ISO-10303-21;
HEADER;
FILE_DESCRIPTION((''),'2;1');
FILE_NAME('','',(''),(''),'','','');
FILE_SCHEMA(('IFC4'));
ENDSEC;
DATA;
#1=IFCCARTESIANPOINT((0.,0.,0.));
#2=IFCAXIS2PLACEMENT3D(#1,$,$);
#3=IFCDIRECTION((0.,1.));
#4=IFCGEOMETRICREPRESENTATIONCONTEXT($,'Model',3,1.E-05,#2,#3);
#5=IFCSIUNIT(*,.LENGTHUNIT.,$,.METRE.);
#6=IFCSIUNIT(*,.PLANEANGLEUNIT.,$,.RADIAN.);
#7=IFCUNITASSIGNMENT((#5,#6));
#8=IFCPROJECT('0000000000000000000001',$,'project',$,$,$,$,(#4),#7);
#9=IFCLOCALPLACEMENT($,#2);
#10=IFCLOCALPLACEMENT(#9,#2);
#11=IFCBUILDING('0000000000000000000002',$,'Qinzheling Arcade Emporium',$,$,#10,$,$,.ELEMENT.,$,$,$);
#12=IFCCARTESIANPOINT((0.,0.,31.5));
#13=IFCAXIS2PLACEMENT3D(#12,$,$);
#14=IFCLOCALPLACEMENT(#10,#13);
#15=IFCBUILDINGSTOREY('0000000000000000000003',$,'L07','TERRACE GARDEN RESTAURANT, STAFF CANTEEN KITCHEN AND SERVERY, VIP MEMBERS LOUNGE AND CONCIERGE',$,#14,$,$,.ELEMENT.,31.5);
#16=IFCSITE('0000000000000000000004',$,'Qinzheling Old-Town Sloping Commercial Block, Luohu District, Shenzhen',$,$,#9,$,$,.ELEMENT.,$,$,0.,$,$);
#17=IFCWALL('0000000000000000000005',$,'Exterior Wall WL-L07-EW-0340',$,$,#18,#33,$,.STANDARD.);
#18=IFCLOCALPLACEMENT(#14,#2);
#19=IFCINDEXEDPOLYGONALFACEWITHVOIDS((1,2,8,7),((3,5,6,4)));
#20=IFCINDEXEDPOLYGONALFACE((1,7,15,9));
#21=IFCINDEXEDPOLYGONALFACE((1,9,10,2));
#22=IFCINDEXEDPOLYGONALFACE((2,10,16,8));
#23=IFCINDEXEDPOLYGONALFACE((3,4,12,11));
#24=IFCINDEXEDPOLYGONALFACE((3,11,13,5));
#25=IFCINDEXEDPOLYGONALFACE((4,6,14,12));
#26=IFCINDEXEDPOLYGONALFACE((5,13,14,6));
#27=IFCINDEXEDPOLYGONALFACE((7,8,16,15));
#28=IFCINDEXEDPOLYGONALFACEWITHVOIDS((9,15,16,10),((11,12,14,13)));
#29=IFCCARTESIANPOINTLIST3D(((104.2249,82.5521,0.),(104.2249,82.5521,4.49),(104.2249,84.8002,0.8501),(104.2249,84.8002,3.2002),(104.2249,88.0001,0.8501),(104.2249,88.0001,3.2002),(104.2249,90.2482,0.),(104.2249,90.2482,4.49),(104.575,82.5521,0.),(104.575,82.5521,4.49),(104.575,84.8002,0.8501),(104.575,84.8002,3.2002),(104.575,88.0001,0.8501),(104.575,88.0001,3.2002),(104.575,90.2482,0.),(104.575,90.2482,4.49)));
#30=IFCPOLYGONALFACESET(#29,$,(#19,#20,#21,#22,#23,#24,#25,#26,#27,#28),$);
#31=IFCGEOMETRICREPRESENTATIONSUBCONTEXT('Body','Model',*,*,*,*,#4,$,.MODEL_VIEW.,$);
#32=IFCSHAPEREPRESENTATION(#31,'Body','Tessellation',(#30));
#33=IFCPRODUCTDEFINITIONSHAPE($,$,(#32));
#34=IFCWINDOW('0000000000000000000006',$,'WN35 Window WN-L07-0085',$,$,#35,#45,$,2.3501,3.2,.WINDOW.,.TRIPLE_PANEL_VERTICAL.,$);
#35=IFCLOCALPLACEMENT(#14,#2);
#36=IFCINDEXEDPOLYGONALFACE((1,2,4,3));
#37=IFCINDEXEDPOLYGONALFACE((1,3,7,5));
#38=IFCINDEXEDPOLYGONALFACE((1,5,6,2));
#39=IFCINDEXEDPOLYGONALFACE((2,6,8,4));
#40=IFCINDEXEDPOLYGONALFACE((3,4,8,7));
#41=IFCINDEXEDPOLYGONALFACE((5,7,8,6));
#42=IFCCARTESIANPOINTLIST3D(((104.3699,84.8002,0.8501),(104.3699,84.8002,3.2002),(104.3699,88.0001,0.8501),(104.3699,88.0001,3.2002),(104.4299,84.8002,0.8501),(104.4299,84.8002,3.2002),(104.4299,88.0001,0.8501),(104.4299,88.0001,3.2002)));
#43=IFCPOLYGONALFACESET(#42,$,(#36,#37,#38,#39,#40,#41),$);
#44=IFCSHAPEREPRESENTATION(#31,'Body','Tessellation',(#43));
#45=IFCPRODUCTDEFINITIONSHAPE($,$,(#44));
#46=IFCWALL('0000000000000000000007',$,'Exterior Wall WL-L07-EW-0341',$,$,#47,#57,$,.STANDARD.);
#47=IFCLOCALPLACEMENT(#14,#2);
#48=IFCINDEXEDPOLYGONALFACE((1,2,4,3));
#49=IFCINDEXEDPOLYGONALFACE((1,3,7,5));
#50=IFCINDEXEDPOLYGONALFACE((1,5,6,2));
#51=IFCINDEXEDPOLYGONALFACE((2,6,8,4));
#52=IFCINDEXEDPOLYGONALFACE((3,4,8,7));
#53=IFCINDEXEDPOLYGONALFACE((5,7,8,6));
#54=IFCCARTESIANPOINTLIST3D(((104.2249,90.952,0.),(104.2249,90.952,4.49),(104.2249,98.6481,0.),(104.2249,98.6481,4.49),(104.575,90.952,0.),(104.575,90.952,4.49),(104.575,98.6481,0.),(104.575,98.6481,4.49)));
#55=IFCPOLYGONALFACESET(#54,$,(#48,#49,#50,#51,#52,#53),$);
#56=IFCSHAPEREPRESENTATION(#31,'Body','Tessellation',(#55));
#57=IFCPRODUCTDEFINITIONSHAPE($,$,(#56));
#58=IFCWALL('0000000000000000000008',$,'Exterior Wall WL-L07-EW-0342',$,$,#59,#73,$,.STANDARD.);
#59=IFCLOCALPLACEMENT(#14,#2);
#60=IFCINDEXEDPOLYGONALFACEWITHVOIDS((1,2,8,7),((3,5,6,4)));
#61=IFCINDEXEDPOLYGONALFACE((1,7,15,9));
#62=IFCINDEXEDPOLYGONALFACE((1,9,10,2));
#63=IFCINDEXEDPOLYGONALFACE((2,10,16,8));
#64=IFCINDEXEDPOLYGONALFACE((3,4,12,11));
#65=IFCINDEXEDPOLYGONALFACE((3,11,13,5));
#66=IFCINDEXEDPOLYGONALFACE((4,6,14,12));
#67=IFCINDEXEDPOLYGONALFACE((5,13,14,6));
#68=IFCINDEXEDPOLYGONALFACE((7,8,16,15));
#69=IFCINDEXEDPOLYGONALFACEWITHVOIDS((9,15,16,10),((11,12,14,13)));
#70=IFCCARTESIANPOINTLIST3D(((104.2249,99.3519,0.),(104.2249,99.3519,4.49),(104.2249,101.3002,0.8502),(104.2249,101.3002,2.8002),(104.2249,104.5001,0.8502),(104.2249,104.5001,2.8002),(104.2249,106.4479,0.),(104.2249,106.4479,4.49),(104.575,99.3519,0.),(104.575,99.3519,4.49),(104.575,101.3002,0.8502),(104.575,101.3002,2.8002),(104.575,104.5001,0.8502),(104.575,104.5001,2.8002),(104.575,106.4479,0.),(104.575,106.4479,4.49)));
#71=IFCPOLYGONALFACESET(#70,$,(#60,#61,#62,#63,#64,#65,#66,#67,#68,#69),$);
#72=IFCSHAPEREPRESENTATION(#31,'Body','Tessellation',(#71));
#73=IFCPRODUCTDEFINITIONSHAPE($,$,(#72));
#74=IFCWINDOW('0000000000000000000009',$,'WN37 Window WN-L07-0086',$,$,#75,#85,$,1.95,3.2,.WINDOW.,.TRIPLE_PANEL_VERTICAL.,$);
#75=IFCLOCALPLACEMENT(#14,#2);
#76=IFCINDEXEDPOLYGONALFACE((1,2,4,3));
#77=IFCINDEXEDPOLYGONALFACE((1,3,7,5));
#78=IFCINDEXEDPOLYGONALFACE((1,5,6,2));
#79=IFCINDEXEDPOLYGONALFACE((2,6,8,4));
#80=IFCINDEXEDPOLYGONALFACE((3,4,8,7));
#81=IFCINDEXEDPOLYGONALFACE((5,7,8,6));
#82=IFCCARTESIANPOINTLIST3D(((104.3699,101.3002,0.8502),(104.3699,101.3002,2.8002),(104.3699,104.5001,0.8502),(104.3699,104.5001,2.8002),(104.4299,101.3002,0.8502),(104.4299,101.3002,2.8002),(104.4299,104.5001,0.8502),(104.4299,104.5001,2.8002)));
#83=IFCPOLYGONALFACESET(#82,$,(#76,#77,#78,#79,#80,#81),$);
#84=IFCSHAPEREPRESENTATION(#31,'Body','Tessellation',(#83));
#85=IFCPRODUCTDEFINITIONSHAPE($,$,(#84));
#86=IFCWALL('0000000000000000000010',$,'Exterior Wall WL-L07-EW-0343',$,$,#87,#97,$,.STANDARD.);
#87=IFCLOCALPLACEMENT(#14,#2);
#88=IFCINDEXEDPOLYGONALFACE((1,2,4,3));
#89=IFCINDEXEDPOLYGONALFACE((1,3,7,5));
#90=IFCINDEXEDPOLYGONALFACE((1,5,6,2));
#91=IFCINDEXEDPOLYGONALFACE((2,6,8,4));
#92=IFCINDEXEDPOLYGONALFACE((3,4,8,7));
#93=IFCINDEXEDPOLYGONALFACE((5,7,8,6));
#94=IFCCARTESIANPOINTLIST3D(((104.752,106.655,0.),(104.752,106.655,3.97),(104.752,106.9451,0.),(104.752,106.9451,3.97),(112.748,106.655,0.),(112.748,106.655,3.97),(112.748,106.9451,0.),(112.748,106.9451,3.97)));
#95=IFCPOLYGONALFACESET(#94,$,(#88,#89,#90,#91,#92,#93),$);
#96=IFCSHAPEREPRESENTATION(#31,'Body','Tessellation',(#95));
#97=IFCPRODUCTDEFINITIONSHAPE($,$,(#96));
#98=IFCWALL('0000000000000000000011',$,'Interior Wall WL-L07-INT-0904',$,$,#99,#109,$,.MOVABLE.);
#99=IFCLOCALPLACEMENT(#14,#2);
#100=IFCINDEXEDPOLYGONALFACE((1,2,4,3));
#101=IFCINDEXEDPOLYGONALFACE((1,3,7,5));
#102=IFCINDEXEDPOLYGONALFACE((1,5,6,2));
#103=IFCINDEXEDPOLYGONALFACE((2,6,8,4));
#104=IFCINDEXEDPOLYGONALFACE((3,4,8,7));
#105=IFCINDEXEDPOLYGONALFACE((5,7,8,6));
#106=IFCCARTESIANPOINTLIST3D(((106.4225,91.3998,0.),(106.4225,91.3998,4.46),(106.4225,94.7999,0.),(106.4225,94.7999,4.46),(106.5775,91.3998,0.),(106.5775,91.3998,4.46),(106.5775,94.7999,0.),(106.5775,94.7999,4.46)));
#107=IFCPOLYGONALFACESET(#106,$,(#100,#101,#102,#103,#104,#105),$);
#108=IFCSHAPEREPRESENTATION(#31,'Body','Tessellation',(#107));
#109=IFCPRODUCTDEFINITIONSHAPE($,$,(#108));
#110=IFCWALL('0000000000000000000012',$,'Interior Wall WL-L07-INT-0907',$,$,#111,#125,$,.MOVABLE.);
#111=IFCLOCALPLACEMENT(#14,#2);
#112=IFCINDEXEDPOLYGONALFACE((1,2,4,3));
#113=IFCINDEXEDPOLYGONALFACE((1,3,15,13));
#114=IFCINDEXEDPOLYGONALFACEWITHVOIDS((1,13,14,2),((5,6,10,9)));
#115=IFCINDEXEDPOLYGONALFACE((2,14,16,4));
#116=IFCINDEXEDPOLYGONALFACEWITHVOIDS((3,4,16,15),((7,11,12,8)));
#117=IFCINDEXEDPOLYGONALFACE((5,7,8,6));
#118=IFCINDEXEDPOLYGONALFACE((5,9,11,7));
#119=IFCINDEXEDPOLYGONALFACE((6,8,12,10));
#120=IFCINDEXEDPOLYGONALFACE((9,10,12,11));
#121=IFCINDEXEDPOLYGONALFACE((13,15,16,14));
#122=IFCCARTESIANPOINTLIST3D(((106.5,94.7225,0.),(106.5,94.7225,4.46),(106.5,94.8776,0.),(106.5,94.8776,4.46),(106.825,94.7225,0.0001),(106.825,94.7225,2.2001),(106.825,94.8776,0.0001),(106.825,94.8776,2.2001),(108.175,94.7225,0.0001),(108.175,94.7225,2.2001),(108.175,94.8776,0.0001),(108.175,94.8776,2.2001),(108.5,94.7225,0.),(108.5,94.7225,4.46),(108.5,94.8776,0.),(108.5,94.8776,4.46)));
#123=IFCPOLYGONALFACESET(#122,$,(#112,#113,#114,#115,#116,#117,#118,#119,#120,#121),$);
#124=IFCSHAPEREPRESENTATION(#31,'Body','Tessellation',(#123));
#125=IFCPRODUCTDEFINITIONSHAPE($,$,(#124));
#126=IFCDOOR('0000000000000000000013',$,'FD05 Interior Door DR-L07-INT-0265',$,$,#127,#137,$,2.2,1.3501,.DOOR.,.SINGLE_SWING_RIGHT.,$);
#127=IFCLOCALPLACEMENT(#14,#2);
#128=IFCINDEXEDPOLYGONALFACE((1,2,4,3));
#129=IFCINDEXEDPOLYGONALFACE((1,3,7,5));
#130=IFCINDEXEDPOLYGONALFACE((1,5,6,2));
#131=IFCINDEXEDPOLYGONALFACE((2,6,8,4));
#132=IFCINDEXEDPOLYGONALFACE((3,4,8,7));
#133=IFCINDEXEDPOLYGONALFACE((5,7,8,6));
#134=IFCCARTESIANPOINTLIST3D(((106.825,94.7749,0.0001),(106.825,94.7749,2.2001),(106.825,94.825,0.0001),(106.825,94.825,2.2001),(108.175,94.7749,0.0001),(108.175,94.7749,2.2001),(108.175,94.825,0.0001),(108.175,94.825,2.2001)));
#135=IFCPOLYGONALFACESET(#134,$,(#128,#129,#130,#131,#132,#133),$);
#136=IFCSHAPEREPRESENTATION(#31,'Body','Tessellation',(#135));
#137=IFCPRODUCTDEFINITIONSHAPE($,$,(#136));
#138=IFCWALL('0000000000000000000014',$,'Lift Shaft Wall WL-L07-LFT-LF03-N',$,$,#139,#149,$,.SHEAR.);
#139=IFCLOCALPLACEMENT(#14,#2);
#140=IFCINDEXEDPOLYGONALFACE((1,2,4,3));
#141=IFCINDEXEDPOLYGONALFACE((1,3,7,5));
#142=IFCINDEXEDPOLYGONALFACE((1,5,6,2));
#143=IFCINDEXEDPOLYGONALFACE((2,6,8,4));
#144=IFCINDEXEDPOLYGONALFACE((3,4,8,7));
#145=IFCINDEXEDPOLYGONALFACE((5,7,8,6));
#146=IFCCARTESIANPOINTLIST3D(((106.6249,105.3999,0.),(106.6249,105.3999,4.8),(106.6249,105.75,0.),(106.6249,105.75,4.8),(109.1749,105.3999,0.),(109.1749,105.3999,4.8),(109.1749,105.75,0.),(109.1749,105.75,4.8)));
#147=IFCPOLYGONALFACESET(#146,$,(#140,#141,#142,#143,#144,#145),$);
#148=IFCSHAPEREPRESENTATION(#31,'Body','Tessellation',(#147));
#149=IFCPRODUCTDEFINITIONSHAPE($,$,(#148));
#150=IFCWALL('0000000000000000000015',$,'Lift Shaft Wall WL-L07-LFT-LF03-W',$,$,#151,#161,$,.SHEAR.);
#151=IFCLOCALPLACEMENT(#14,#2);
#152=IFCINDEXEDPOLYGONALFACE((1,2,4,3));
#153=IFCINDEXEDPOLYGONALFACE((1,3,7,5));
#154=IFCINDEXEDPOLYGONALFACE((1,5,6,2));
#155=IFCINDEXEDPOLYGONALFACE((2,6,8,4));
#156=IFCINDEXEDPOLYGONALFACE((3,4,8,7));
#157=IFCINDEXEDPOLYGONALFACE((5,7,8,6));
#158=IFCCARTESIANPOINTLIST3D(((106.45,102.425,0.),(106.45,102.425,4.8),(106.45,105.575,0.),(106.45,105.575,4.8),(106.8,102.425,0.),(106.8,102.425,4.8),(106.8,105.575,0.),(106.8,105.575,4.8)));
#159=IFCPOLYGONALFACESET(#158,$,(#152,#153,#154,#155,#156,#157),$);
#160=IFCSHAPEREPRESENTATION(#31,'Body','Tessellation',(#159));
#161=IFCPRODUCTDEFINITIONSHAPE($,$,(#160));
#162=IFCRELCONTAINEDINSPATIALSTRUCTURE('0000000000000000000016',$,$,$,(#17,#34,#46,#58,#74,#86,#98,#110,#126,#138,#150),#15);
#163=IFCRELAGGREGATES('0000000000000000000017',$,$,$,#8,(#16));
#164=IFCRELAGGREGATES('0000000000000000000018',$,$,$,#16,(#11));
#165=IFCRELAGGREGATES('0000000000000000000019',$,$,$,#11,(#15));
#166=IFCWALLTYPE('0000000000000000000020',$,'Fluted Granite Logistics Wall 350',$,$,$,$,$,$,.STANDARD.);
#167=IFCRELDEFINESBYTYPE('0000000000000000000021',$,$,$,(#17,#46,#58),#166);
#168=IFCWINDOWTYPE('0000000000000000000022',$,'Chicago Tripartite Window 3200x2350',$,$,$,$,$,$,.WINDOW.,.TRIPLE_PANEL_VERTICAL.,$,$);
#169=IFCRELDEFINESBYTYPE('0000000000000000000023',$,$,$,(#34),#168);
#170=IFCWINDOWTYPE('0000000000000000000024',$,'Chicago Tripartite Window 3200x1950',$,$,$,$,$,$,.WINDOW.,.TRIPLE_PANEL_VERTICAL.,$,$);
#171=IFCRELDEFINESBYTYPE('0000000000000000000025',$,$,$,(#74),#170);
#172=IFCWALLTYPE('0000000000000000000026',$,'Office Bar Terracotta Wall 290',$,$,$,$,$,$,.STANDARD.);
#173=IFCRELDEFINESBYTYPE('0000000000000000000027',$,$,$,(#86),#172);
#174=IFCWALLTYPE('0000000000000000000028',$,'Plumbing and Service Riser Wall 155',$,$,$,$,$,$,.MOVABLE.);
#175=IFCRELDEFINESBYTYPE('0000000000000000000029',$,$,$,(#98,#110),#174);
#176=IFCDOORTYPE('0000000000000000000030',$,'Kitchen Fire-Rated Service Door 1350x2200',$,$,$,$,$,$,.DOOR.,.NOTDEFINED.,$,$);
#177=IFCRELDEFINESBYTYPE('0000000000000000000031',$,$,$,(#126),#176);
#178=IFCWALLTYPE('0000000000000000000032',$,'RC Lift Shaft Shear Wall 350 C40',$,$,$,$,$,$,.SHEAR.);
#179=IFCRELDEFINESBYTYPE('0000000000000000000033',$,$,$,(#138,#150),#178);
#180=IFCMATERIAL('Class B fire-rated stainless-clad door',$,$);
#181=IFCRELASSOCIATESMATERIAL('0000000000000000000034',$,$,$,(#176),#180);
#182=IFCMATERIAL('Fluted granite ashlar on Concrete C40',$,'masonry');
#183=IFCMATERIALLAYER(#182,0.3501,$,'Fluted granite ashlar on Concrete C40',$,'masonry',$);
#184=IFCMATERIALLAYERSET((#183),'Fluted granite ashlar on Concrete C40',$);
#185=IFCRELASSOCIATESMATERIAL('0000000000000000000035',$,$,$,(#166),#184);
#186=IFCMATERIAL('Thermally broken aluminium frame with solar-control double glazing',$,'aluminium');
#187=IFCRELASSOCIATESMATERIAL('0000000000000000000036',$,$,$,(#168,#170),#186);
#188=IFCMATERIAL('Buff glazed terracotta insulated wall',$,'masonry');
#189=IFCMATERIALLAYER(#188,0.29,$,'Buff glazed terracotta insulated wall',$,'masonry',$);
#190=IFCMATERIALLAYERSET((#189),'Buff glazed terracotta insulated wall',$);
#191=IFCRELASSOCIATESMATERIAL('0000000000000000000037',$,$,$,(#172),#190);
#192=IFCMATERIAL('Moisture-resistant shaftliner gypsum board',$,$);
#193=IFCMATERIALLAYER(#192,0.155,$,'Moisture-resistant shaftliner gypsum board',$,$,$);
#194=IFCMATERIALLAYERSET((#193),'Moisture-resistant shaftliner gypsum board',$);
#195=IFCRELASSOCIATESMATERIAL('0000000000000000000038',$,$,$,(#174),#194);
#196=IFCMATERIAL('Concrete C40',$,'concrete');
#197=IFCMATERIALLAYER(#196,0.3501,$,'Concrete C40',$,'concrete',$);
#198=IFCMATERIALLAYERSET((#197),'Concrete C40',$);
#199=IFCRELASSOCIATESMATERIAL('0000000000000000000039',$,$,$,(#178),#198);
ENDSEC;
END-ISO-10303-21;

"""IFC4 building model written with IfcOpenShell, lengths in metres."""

from ifc_helpers import new_model, si_unit, direction, frame, frame_2d, origin, place, context, subcontext, project, spatial, rectangle, extrude, material, layer, layer_set, type_object, element, fill, save


model = new_model("IFC4")

# Units and contexts
model_context = context("Model", 3, precision=1e-05, world=origin(), true_north=direction((0.0, 1.0)))
body_context = subcontext(model_context, "Body", "Model", "MODEL_VIEW")
ifc_project = project(units=[si_unit("LENGTHUNIT", "METRE"), si_unit("PLANEANGLEUNIT", "RADIAN")], contexts=[model_context])

# Site, building, storey
site_placement = place(None, origin())
site = spatial("IfcSite", under=ifc_project, at=site_placement, Name="Qinzheling Old-Town Sloping Commercial Block, Luohu District, Shenzhen", CompositionType="ELEMENT", RefElevation=0.0)
building_placement = place(site_placement, origin())
building = spatial("IfcBuilding", under=site, at=building_placement, Name="Qinzheling Arcade Emporium", CompositionType="ELEMENT")
storey_placement = place(building_placement, frame((0.0, 0.0, 31.5)))
storey = spatial("IfcBuildingStorey", under=building, at=storey_placement, Name="L07", Description="TERRACE GARDEN RESTAURANT, STAFF CANTEEN KITCHEN AND SERVERY, VIP MEMBERS LOUNGE AND CONCIERGE", CompositionType="ELEMENT", Elevation=31.5)

# Shared definitions
ifc_material_1 = material(Name="Concrete C40", Category="concrete")

# Shared definitions
ifc_material_2 = material(Name="Class B fire-rated stainless-clad door")
door_type_1 = type_object("IfcDoorType", Name="Kitchen Fire-Rated Service Door 1350x2200", OperationType="NOTDEFINED", PredefinedType="DOOR", material=ifc_material_2)

# Wall, opening, window
ifc_material_3 = material(Name="Fluted granite ashlar on Concrete C40", Category="masonry")
ifc_layer_1 = layer(ifc_material_3, 0.3501, Name="Fluted granite ashlar on Concrete C40", Category="masonry")
ifc_layer_set_1 = layer_set([ifc_layer_1], Name="Fluted granite ashlar on Concrete C40")
wall_type_1 = type_object("IfcWallType", Name="Fluted Granite Logistics Wall 350", PredefinedType="STANDARD", material=ifc_layer_set_1)
wall_1_placement = place(storey_placement, frame((104.3999, 82.552, 0.0), z_axis=(0.0, 0.0, 1.0), x_axis=(0.0, 1.0, 0.0)))
wall_1 = element("IfcWall", 1, at=wall_1_placement, inside=storey, type_object=wall_type_1, Name="Exterior Wall WL-L07-EW-0340", PredefinedType="STANDARD", context=body_context, shape_type="SweptSolid", body=[
    extrude(rectangle(XDim=7.696, YDim=0.3501, at=frame_2d((3.8481, 0.0))), origin(), (0.0, 0.0, 1.0), 4.49),
])
opening_1_placement = place(wall_1_placement, frame((2.248, 0.0, 0.8501)))
opening_1 = element("IfcOpeningElement", 2, at=opening_1_placement, cuts=wall_1, PredefinedType="OPENING", context=body_context, shape_type="SweptSolid", body=[
    extrude(rectangle(XDim=3.2, YDim=2.3501, at=frame_2d((1.6001, 1.175))), frame((0.0, 0.1851, 0.0), z_axis=(0.0, -1.0, 0.0), x_axis=(1.0, 0.0, 0.0)), (0.0, 0.0, 1.0), 0.3701),
])
ifc_material_4 = material(Name="Thermally broken aluminium frame with solar-control double glazing", Category="aluminium")
window_type_1 = type_object("IfcWindowType", Name="Chicago Tripartite Window 3200x2350", PartitioningType="TRIPLE_PANEL_VERTICAL", PredefinedType="WINDOW", material=ifc_material_4)
window_1_placement = place(opening_1_placement, origin())
window_1 = element("IfcWindow", 3, at=window_1_placement, inside=storey, type_object=window_type_1, Name="WN35 Window WN-L07-0085", OverallHeight=2.3501, OverallWidth=3.2, PartitioningType="TRIPLE_PANEL_VERTICAL", PredefinedType="WINDOW", context=body_context, shape_type="SweptSolid", body=[
    extrude(rectangle(XDim=3.2, YDim=2.3501, at=frame_2d((1.6001, 1.175))), frame((0.0, 0.03, 0.0), z_axis=(0.0, -1.0, 0.0), x_axis=(1.0, 0.0, 0.0)), (0.0, 0.0, 1.0), 0.0601),
])
fill(opening_1, window_1)

# Wall
wall_2_placement = place(storey_placement, frame((104.3999, 90.9519, 0.0), z_axis=(0.0, 0.0, 1.0), x_axis=(0.0, 1.0, 0.0)))
element("IfcWall", 4, at=wall_2_placement, inside=storey, type_object=wall_type_1, Name="Exterior Wall WL-L07-EW-0341", PredefinedType="STANDARD", context=body_context, shape_type="SweptSolid", body=[
    extrude(rectangle(XDim=7.696, YDim=0.3501, at=frame_2d((3.8481, 0.0))), origin(), (0.0, 0.0, 1.0), 4.49),
])

# Wall, opening, window
wall_3_placement = place(storey_placement, frame((104.3999, 99.3521, 0.0), z_axis=(0.0, 0.0, 1.0), x_axis=(0.0, 1.0, 0.0)))
wall_3 = element("IfcWall", 5, at=wall_3_placement, inside=storey, type_object=wall_type_1, Name="Exterior Wall WL-L07-EW-0342", PredefinedType="STANDARD", context=body_context, shape_type="SweptSolid", body=[
    extrude(rectangle(XDim=7.0959, YDim=0.3501, at=frame_2d((3.5479, 0.0))), origin(), (0.0, 0.0, 1.0), 4.49),
])
opening_2_placement = place(wall_3_placement, frame((1.948, 0.0, 0.8501)))
opening_2 = element("IfcOpeningElement", 6, at=opening_2_placement, cuts=wall_3, PredefinedType="OPENING", context=body_context, shape_type="SweptSolid", body=[
    extrude(rectangle(XDim=3.2, YDim=1.95, at=frame_2d((1.6001, 0.9751))), frame((0.0, 0.1851, 0.0), z_axis=(0.0, -1.0, 0.0), x_axis=(1.0, 0.0, 0.0)), (0.0, 0.0, 1.0), 0.3701),
])
window_type_2 = type_object("IfcWindowType", Name="Chicago Tripartite Window 3200x1950", PartitioningType="TRIPLE_PANEL_VERTICAL", PredefinedType="WINDOW", material=ifc_material_4)
window_2_placement = place(opening_2_placement, origin())
window_2 = element("IfcWindow", 7, at=window_2_placement, inside=storey, type_object=window_type_2, Name="WN37 Window WN-L07-0086", OverallHeight=1.95, OverallWidth=3.2, PartitioningType="TRIPLE_PANEL_VERTICAL", PredefinedType="WINDOW", context=body_context, shape_type="SweptSolid", body=[
    extrude(rectangle(XDim=3.2, YDim=1.95, at=frame_2d((1.6001, 0.9751))), frame((0.0, 0.03, 0.0), z_axis=(0.0, -1.0, 0.0), x_axis=(1.0, 0.0, 0.0)), (0.0, 0.0, 1.0), 0.0601),
])
fill(opening_2, window_2)

# Walls
ifc_material_5 = material(Name="Buff glazed terracotta insulated wall", Category="masonry")
ifc_layer_2 = layer(ifc_material_5, 0.29, Name="Buff glazed terracotta insulated wall", Category="masonry")
ifc_layer_set_2 = layer_set([ifc_layer_2], Name="Buff glazed terracotta insulated wall")
wall_type_2 = type_object("IfcWallType", Name="Office Bar Terracotta Wall 290", PredefinedType="STANDARD", material=ifc_layer_set_2)
wall_4_placement = place(storey_placement, frame((104.752, 106.8, 0.0), z_axis=(0.0, 0.0, 1.0), x_axis=(1.0, 0.0, 0.0)))
element("IfcWall", 8, at=wall_4_placement, inside=storey, type_object=wall_type_2, Name="Exterior Wall WL-L07-EW-0343", PredefinedType="STANDARD", context=body_context, shape_type="SweptSolid", body=[
    extrude(rectangle(XDim=7.9961, YDim=0.29, at=frame_2d((3.998, 0.0))), origin(), (0.0, 0.0, 1.0), 3.97),
])
ifc_material_6 = material(Name="Moisture-resistant shaftliner gypsum board")
ifc_layer_3 = layer(ifc_material_6, 0.155, Name="Moisture-resistant shaftliner gypsum board")
ifc_layer_set_3 = layer_set([ifc_layer_3], Name="Moisture-resistant shaftliner gypsum board")
wall_type_3 = type_object("IfcWallType", Name="Plumbing and Service Riser Wall 155", PredefinedType="MOVABLE", material=ifc_layer_set_3)
wall_5_placement = place(storey_placement, frame((106.5, 94.8, 0.0), z_axis=(0.0, 0.0, 1.0), x_axis=(0.0, -1.0, 0.0)))
element("IfcWall", 9, at=wall_5_placement, inside=storey, type_object=wall_type_3, Name="Interior Wall WL-L07-INT-0904", PredefinedType="MOVABLE", context=body_context, shape_type="SweptSolid", body=[
    extrude(rectangle(XDim=3.4001, YDim=0.155, at=frame_2d((1.7002, 0.0))), origin(), (0.0, 0.0, 1.0), 4.46),
])

# Wall, opening, door
wall_6_placement = place(storey_placement, frame((106.5, 94.8, 0.0), z_axis=(0.0, 0.0, 1.0), x_axis=(1.0, 0.0, 0.0)))
wall_6 = element("IfcWall", 10, at=wall_6_placement, inside=storey, type_object=wall_type_3, Name="Interior Wall WL-L07-INT-0907", PredefinedType="MOVABLE", context=body_context, shape_type="SweptSolid", body=[
    extrude(rectangle(XDim=2.0, YDim=0.155, at=frame_2d((1.0, 0.0))), origin(), (0.0, 0.0, 1.0), 4.46),
])
opening_3_placement = place(wall_6_placement, frame((0.325, 0.0, 0.0)))
opening_3 = element("IfcOpeningElement", 11, at=opening_3_placement, cuts=wall_6, PredefinedType="OPENING", context=body_context, shape_type="SweptSolid", body=[
    extrude(rectangle(XDim=1.3501, YDim=2.2, at=frame_2d((0.675, 1.1001))), frame((0.0, 0.0874, 0.0), z_axis=(0.0, -1.0, 0.0), x_axis=(1.0, 0.0, 0.0)), (0.0, 0.0, 1.0), 0.175),
])
door_1_placement = place(opening_3_placement, origin())
door_1 = element("IfcDoor", 12, at=door_1_placement, inside=storey, type_object=door_type_1, Name="FD05 Interior Door DR-L07-INT-0265", OperationType="SINGLE_SWING_RIGHT", OverallHeight=2.2, OverallWidth=1.3501, PredefinedType="DOOR", context=body_context, shape_type="SweptSolid", body=[
    extrude(rectangle(XDim=1.3501, YDim=2.2, at=frame_2d((0.675, 1.1001))), frame((0.0, 0.0249, 0.0), z_axis=(0.0, -1.0, 0.0), x_axis=(1.0, 0.0, 0.0)), (0.0, 0.0, 1.0), 0.05),
])
fill(opening_3, door_1)

# Walls
ifc_layer_4 = layer(ifc_material_1, 0.3501, Name="Concrete C40", Category="concrete")
ifc_layer_set_4 = layer_set([ifc_layer_4], Name="Concrete C40")
wall_type_4 = type_object("IfcWallType", Name="RC Lift Shaft Shear Wall 350 C40", PredefinedType="SHEAR", material=ifc_layer_set_4)
wall_7_placement = place(storey_placement, frame((106.625, 105.575, 0.0), z_axis=(0.0, 0.0, 1.0), x_axis=(1.0, 0.0, 0.0)))
element("IfcWall", 13, at=wall_7_placement, inside=storey, type_object=wall_type_4, Name="Lift Shaft Wall WL-L07-LFT-LF03-N", PredefinedType="SHEAR", context=body_context, shape_type="SweptSolid", body=[
    extrude(rectangle(XDim=2.55, YDim=0.3501, at=frame_2d((1.2749, 0.0))), origin(), (0.0, 0.0, 1.0), 4.8),
])
wall_8_placement = place(storey_placement, frame((106.625, 102.425, 0.0), z_axis=(0.0, 0.0, 1.0), x_axis=(0.0, 1.0, 0.0)))
element("IfcWall", 14, at=wall_8_placement, inside=storey, type_object=wall_type_4, Name="Lift Shaft Wall WL-L07-LFT-LF03-W", PredefinedType="SHEAR", context=body_context, shape_type="SweptSolid", body=[
    extrude(rectangle(XDim=3.1499, YDim=0.3501, at=frame_2d((1.575, 0.0))), origin(), (0.0, 0.0, 1.0), 4.8),
])

save(model, "model.ifc")
